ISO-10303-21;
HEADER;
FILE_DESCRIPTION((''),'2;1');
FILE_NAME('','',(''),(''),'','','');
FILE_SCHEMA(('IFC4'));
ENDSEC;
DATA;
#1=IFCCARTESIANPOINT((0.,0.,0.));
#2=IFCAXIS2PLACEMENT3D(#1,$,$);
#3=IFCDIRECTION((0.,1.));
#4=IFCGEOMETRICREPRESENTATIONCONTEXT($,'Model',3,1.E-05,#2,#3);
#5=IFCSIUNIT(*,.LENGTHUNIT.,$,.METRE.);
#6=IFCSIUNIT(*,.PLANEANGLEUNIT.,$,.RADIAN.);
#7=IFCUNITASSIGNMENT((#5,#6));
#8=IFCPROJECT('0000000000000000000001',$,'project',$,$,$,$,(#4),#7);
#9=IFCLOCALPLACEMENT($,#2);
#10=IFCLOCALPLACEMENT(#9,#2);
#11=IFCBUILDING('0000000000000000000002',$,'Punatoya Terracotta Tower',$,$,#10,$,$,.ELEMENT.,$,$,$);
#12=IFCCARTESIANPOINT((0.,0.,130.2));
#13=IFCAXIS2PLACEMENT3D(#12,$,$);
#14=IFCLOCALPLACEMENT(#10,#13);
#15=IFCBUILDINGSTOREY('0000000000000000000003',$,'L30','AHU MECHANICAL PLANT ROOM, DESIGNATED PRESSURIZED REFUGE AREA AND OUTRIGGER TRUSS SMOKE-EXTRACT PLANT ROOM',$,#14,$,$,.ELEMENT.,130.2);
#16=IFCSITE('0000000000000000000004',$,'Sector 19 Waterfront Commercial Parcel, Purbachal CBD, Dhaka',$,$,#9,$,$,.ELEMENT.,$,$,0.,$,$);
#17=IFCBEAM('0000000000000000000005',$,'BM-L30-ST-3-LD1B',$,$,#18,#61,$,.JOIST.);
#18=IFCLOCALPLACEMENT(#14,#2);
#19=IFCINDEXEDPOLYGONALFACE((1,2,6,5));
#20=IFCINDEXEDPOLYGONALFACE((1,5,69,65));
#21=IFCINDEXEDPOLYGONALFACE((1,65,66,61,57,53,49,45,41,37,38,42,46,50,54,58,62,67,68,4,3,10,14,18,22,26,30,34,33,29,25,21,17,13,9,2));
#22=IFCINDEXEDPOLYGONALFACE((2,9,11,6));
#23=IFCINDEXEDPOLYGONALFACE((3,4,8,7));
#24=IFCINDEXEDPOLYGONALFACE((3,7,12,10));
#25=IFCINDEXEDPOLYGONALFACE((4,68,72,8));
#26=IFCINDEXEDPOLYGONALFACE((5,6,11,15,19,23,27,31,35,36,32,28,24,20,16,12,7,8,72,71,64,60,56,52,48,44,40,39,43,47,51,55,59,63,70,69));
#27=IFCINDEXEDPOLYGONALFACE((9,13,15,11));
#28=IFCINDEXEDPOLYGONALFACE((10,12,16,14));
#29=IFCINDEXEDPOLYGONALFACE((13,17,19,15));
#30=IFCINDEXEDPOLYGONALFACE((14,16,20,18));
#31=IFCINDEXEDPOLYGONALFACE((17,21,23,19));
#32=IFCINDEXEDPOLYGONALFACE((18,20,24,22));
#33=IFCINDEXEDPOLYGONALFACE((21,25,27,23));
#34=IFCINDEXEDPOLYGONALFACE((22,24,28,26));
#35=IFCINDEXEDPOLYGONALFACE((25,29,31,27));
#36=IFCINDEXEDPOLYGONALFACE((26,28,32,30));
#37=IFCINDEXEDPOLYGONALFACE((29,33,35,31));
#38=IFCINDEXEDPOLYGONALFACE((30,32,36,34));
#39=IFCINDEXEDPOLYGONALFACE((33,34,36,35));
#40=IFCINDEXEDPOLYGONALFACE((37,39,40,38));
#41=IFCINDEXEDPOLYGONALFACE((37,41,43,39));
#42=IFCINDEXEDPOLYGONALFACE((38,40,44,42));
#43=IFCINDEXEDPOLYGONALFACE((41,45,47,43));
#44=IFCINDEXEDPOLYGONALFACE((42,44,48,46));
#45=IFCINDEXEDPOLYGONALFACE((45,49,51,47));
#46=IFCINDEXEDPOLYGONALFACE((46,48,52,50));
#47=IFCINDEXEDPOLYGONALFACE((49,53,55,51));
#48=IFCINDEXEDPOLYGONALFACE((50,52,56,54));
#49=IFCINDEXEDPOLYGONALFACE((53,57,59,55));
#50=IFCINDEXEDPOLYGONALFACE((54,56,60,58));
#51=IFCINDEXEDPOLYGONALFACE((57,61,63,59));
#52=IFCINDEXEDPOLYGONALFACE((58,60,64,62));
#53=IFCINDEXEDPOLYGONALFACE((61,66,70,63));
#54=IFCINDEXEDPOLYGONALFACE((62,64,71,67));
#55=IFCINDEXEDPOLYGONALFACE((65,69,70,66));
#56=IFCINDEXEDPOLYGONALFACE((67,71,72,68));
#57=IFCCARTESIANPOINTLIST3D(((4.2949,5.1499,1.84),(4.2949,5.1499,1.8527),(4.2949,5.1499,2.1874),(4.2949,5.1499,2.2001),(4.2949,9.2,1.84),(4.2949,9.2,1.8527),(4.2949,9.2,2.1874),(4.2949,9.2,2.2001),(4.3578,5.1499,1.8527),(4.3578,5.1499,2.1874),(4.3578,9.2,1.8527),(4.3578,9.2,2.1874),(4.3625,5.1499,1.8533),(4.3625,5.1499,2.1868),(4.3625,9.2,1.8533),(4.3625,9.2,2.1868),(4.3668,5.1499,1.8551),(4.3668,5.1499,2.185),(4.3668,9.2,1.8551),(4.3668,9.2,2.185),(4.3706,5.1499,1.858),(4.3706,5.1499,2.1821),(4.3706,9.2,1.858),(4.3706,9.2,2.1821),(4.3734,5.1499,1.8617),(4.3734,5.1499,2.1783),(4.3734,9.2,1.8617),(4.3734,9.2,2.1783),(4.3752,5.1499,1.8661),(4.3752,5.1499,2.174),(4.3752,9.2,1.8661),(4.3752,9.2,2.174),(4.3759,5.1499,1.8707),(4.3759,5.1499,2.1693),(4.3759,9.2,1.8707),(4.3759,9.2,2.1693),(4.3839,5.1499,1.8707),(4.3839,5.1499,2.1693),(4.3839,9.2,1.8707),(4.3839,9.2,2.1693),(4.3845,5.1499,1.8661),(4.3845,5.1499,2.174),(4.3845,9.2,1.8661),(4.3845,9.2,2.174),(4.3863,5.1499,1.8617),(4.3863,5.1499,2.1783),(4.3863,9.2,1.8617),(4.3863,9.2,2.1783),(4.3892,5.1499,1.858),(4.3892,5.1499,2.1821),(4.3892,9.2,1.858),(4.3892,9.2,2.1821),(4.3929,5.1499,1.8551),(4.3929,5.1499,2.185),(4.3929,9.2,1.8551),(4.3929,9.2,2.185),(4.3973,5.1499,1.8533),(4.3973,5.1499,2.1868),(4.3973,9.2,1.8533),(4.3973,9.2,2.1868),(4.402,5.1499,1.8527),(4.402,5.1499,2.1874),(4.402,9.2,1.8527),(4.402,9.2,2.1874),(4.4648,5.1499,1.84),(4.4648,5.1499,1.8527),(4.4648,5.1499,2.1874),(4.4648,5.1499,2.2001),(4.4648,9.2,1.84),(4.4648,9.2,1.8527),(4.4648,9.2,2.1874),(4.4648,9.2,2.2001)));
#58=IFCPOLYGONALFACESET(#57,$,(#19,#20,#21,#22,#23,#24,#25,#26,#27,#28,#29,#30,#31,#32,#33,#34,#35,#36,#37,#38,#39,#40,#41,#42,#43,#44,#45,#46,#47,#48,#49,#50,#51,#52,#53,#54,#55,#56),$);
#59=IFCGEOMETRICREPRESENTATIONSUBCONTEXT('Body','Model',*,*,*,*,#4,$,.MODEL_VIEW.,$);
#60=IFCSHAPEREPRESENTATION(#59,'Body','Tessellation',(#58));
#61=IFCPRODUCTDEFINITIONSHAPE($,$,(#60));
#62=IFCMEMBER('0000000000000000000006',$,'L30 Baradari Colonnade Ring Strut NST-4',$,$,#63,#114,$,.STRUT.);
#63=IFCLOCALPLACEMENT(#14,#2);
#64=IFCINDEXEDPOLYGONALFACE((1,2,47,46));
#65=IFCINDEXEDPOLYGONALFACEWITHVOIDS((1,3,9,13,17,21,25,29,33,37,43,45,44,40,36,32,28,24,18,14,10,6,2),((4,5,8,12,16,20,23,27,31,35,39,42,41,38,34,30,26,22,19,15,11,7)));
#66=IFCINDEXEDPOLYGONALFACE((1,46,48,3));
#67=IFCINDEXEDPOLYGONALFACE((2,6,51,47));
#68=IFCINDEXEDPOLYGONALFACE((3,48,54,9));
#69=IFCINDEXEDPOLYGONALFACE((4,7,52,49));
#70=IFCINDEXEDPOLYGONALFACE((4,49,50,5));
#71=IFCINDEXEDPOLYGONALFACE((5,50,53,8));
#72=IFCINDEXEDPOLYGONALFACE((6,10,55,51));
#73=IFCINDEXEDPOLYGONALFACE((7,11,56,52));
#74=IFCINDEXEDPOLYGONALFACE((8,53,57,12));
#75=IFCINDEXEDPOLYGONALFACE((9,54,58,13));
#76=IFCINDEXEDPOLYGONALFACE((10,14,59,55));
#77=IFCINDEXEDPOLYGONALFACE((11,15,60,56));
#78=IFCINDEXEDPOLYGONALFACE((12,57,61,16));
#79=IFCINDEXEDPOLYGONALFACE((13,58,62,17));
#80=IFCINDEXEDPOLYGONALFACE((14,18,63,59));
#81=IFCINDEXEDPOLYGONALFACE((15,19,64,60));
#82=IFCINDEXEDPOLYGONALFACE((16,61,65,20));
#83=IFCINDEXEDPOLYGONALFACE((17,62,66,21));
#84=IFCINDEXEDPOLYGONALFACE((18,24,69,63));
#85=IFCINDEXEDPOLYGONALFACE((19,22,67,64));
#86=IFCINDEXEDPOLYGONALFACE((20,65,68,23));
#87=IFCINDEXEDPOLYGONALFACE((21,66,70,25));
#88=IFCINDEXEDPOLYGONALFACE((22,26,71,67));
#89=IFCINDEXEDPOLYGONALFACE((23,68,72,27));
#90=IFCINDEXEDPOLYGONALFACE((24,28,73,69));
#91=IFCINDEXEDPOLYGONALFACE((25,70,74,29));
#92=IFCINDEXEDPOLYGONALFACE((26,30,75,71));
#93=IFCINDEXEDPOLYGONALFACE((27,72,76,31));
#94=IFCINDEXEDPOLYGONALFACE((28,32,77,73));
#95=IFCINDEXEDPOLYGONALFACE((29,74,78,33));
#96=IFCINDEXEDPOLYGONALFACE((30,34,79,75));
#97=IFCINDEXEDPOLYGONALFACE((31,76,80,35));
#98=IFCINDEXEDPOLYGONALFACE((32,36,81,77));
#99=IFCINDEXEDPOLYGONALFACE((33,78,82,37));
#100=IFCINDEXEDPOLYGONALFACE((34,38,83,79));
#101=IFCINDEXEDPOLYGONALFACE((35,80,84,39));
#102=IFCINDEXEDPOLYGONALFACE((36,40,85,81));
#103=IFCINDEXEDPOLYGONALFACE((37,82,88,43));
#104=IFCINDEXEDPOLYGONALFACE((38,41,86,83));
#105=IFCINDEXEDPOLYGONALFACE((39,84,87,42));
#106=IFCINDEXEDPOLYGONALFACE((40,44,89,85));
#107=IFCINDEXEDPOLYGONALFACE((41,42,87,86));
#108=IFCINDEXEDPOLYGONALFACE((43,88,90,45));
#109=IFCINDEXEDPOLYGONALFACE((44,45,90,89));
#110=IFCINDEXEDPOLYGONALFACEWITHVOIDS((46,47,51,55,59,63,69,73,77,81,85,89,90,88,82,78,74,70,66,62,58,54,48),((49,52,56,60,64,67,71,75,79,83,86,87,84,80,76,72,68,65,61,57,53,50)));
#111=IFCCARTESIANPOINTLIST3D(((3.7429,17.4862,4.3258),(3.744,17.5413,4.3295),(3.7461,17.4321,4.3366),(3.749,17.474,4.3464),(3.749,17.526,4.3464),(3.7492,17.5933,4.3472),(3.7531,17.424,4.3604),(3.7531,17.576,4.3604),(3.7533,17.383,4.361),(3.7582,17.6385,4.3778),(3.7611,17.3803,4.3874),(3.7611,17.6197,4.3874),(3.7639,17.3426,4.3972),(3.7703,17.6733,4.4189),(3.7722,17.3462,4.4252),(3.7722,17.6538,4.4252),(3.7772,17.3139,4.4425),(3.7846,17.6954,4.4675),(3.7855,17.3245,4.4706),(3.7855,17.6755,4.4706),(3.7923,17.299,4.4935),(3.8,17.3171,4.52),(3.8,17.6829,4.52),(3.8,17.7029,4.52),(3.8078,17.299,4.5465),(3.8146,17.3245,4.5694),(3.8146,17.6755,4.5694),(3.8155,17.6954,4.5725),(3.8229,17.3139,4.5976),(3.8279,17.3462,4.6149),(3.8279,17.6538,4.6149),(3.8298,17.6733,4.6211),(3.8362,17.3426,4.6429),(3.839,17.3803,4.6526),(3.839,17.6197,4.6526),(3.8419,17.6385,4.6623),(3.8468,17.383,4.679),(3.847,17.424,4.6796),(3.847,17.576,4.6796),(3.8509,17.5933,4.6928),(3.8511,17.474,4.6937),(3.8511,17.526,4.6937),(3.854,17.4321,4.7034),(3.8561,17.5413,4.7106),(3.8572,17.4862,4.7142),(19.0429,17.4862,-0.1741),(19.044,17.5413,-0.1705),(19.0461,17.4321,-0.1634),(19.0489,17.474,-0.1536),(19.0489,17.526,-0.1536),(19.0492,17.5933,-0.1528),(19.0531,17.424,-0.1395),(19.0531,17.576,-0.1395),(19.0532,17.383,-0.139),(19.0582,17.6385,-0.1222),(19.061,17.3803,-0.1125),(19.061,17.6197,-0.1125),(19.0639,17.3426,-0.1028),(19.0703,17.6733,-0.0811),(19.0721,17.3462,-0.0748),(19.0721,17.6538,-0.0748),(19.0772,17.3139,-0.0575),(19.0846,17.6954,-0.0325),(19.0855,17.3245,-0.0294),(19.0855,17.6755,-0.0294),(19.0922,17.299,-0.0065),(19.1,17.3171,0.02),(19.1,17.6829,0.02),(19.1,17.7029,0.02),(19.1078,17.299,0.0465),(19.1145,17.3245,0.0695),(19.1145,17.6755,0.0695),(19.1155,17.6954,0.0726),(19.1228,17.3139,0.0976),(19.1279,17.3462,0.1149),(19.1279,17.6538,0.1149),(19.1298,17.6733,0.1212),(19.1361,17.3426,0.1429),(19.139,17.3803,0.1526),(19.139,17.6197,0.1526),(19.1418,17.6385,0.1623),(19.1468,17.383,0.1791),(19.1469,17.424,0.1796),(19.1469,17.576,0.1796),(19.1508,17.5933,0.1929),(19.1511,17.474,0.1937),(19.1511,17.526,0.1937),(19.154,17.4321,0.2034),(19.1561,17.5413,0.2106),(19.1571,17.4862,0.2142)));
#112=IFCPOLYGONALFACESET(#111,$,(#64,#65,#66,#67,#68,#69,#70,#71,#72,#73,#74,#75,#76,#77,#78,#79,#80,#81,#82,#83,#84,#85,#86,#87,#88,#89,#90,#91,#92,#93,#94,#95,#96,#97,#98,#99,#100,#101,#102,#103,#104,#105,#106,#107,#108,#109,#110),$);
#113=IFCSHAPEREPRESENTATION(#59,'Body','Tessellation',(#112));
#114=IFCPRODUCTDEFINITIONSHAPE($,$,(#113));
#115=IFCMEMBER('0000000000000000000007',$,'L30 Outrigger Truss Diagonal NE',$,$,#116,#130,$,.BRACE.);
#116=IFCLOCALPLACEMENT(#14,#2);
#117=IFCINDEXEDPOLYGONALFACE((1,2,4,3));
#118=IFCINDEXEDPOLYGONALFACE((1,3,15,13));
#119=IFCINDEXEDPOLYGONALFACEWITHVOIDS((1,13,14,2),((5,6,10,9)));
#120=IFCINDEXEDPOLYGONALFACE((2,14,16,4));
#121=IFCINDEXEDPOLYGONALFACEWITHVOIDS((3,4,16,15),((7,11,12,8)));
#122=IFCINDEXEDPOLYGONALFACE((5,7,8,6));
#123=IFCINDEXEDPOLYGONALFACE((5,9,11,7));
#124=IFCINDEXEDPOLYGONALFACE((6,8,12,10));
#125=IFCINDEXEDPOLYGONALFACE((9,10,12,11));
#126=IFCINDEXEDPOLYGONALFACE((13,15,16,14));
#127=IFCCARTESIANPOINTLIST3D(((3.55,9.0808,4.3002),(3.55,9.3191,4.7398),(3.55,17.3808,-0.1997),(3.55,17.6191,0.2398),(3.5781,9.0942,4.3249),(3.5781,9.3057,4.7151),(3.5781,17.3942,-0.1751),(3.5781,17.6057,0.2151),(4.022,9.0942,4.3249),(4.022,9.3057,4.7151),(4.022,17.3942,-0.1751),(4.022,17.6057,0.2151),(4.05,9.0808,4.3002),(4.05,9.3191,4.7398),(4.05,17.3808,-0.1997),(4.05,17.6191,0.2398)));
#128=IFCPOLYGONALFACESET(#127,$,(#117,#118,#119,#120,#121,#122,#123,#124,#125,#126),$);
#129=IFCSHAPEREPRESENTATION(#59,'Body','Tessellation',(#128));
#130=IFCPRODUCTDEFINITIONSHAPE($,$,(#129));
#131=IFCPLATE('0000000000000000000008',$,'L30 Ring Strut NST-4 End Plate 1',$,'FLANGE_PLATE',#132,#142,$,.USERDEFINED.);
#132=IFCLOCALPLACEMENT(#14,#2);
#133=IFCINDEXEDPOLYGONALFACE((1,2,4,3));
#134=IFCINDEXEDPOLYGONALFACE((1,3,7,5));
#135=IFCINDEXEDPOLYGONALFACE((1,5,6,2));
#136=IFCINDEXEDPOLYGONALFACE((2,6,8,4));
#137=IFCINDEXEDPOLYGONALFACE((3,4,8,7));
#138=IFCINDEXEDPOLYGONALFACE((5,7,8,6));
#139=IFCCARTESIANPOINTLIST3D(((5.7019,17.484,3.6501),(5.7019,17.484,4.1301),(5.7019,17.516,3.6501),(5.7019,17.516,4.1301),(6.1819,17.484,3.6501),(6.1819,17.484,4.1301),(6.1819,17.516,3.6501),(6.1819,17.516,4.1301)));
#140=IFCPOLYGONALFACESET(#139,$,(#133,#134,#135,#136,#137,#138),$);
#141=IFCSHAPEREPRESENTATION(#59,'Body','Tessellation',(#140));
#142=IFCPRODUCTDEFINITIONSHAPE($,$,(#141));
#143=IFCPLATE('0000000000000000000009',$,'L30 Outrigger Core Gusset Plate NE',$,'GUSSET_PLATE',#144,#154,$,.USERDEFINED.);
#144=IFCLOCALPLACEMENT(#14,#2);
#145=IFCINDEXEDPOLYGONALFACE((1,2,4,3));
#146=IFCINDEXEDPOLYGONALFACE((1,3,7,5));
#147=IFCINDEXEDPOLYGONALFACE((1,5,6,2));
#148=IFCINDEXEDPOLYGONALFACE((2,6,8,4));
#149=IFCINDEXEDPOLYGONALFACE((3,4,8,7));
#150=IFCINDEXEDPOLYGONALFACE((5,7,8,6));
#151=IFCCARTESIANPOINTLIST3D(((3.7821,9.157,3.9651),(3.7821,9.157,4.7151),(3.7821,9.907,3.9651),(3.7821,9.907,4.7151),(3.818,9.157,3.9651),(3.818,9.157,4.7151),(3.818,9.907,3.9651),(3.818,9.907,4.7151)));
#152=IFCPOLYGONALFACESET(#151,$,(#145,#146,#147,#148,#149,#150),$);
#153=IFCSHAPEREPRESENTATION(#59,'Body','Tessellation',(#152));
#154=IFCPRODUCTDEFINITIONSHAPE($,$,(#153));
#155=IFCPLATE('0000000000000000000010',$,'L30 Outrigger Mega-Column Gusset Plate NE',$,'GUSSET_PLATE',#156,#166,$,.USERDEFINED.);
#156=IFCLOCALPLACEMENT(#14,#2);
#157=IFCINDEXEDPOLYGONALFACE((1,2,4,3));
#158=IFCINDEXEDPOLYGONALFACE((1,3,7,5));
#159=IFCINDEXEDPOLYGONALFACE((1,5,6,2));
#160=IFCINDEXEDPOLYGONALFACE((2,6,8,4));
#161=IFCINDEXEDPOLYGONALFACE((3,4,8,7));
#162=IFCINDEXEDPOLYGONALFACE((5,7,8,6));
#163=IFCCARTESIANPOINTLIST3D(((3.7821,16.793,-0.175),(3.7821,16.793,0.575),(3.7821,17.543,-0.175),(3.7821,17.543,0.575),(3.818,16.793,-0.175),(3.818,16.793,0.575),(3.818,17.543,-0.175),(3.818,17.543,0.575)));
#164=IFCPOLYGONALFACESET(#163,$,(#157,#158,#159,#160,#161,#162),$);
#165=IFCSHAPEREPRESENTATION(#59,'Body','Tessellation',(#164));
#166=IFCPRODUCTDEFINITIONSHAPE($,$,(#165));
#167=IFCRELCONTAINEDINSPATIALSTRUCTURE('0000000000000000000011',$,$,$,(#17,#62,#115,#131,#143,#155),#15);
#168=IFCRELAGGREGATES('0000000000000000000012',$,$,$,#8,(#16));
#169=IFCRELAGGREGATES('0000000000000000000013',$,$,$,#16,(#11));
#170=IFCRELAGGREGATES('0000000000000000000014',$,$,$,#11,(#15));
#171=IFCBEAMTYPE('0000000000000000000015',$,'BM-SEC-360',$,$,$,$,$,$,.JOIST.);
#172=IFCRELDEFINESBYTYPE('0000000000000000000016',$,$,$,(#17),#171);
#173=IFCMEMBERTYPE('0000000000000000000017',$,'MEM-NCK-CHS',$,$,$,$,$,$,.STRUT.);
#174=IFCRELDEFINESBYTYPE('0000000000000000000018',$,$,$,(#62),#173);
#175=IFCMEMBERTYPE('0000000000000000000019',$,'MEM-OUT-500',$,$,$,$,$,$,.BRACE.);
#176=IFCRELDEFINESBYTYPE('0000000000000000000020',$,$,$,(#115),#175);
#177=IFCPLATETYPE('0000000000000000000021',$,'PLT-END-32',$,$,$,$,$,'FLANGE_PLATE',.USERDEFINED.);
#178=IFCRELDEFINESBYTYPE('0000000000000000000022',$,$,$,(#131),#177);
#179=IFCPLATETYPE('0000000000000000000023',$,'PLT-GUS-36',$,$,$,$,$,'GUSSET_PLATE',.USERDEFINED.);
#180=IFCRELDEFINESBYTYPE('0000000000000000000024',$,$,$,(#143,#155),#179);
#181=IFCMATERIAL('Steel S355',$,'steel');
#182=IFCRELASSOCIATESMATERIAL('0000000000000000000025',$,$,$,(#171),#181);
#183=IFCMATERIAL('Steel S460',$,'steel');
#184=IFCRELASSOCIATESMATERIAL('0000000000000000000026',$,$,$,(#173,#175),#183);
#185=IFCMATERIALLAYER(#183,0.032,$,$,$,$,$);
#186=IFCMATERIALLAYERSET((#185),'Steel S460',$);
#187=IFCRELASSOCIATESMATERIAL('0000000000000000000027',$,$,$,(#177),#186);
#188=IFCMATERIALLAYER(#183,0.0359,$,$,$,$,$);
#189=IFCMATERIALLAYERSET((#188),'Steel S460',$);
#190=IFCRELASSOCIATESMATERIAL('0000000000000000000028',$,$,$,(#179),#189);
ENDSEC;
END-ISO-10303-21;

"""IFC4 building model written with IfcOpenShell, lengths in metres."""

from ifc_helpers import new_model, si_unit, direction, frame, origin, origin_2d, place, context, subcontext, project, spatial, rectangle, hollow_rectangle, hollow_circle, i_section, extrude, material, layer, layer_set, material_profile, profile_set, type_object, element, save


model = new_model("IFC4")

# Units and contexts
model_context = context("Model", 3, precision=1e-05, world=origin(), true_north=direction((0.0, 1.0)))
body_context = subcontext(model_context, "Body", "Model", "MODEL_VIEW")
ifc_project = project(units=[si_unit("LENGTHUNIT", "METRE"), si_unit("PLANEANGLEUNIT", "RADIAN")], contexts=[model_context])

# Site, building, storey
site_placement = place(None, origin())
site = spatial("IfcSite", under=ifc_project, at=site_placement, Name="Sector 19 Waterfront Commercial Parcel, Purbachal CBD, Dhaka", CompositionType="ELEMENT", RefElevation=0.0)
building_placement = place(site_placement, origin())
building = spatial("IfcBuilding", under=site, at=building_placement, Name="Punatoya Terracotta Tower", CompositionType="ELEMENT")
storey_placement = place(building_placement, frame((0.0, 0.0, 130.2)))
storey = spatial("IfcBuildingStorey", under=building, at=storey_placement, Name="L30", Description="AHU MECHANICAL PLANT ROOM, DESIGNATED PRESSURIZED REFUGE AREA AND OUTRIGGER TRUSS SMOKE-EXTRACT PLANT ROOM", CompositionType="ELEMENT", Elevation=130.2)

# Shared definitions
ifc_material_1 = material(Name="Steel S460", Category="steel")

# Beam
ifc_material_2 = material(Name="Steel S355", Category="steel")
ifc_material_profile_1 = material_profile(ifc_material_2, i_section(OverallWidth=0.1699, OverallDepth=0.3601, WebThickness=0.0081, FlangeThickness=0.0127, FilletRadius=0.0181, at=origin_2d()))
ifc_profile_set_1 = profile_set([ifc_material_profile_1], Name="Steel S355")
beam_type_1 = type_object("IfcBeamType", Name="BM-SEC-360", PredefinedType="JOIST", material=ifc_profile_set_1)
for number, where, z_axis, x_axis, name in (
    (1, (4.3799, 5.1499, 2.02), (0.0, 1.0, 0.0), (-1.0, 0.0, 0.0), "BM-L30-ST-3-LD1B"),
):
    element("IfcBeam", number, at=place(storey_placement, frame(where, z_axis=z_axis, x_axis=x_axis)), inside=storey, type_object=beam_type_1, Name=name, PredefinedType="JOIST", context=body_context, shape_type="SweptSolid", body=[
        extrude(i_section(OverallWidth=0.1699, OverallDepth=0.3601, WebThickness=0.0081, FlangeThickness=0.0127, FilletRadius=0.0181, at=origin_2d()), origin(), (0.0, 0.0, 1.0), 4.05),
    ])

# Members
ifc_material_profile_2 = material_profile(ifc_material_1, hollow_circle(Radius=0.2029, WallThickness=0.02, at=origin_2d()))
ifc_profile_set_2 = profile_set([ifc_material_profile_2], Name="Steel S460")
member_type_1 = type_object("IfcMemberType", Name="MEM-NCK-CHS", PredefinedType="STRUT", material=ifc_profile_set_2)
member_1_placement = place(storey_placement, frame((3.8, 17.5, 4.52), z_axis=(0.959366, 0.0, -0.282165), x_axis=(0.0, 1.0, 0.0)))
element("IfcMember", 2, at=member_1_placement, inside=storey, type_object=member_type_1, Name="L30 Baradari Colonnade Ring Strut NST-4", PredefinedType="STRUT", context=body_context, shape_type="SweptSolid", body=[
    extrude(hollow_circle(Radius=0.2029, WallThickness=0.02, at=origin_2d()), origin(), (0.0, 0.0, 1.0), 15.948),
])
ifc_material_profile_3 = material_profile(ifc_material_1, hollow_rectangle(XDim=0.5, YDim=0.5, WallThickness=0.0281, at=origin_2d()))
ifc_profile_set_3 = profile_set([ifc_material_profile_3], Name="Steel S460")
member_type_2 = type_object("IfcMemberType", Name="MEM-OUT-500", PredefinedType="BRACE", material=ifc_profile_set_3)
member_2_placement = place(storey_placement, frame((3.8, 9.2, 4.52), z_axis=(0.0, 0.879108, -0.476622), x_axis=(-1.0, 0.0, 0.0)))
element("IfcMember", 3, at=member_2_placement, inside=storey, type_object=member_type_2, Name="L30 Outrigger Truss Diagonal NE", PredefinedType="BRACE", context=body_context, shape_type="SweptSolid", body=[
    extrude(hollow_rectangle(XDim=0.5, YDim=0.5, WallThickness=0.0281, at=origin_2d()), origin(), (0.0, 0.0, 1.0), 9.4414),
])

# Plates
ifc_layer_1 = layer(ifc_material_1, 0.032)
ifc_layer_set_1 = layer_set([ifc_layer_1], Name="Steel S460")
plate_type_1 = type_object("IfcPlateType", Name="PLT-END-32", ElementType="FLANGE_PLATE", PredefinedType="USERDEFINED", material=ifc_layer_set_1)
plate_placement = place(storey_placement, frame((5.9419, 17.5, 3.6501), z_axis=(0.0, 0.0, 1.0), x_axis=(1.0, 0.0, 0.0)))
element("IfcPlate", 4, at=plate_placement, inside=storey, type_object=plate_type_1, Name="L30 Ring Strut NST-4 End Plate 1", ObjectType="FLANGE_PLATE", PredefinedType="USERDEFINED", context=body_context, shape_type="SweptSolid", body=[
    extrude(rectangle(XDim=0.48, YDim=0.032, at=origin_2d()), origin(), (0.0, 0.0, 1.0), 0.48),
])
ifc_layer_2 = layer(ifc_material_1, 0.0359)
ifc_layer_set_2 = layer_set([ifc_layer_2], Name="Steel S460")
plate_type_2 = type_object("IfcPlateType", Name="PLT-GUS-36", ElementType="GUSSET_PLATE", PredefinedType="USERDEFINED", material=ifc_layer_set_2)
for number, where, z_axis, x_axis, name in (
    (5, (3.8, 9.532, 3.9651), (0.0, 0.0, 1.0), (0.0, 1.0, 0.0), "L30 Outrigger Core Gusset Plate NE"),
    (6, (3.8, 17.168, -0.175), (0.0, 0.0, 1.0), (0.0, 1.0, 0.0), "L30 Outrigger Mega-Column Gusset Plate NE"),
):
    element("IfcPlate", number, at=place(storey_placement, frame(where, z_axis=z_axis, x_axis=x_axis)), inside=storey, type_object=plate_type_2, Name=name, ObjectType="GUSSET_PLATE", PredefinedType="USERDEFINED", context=body_context, shape_type="SweptSolid", body=[
        extrude(rectangle(XDim=0.75, YDim=0.0359, at=origin_2d()), origin(), (0.0, 0.0, 1.0), 0.75),
    ])

save(model, "model.ifc")
